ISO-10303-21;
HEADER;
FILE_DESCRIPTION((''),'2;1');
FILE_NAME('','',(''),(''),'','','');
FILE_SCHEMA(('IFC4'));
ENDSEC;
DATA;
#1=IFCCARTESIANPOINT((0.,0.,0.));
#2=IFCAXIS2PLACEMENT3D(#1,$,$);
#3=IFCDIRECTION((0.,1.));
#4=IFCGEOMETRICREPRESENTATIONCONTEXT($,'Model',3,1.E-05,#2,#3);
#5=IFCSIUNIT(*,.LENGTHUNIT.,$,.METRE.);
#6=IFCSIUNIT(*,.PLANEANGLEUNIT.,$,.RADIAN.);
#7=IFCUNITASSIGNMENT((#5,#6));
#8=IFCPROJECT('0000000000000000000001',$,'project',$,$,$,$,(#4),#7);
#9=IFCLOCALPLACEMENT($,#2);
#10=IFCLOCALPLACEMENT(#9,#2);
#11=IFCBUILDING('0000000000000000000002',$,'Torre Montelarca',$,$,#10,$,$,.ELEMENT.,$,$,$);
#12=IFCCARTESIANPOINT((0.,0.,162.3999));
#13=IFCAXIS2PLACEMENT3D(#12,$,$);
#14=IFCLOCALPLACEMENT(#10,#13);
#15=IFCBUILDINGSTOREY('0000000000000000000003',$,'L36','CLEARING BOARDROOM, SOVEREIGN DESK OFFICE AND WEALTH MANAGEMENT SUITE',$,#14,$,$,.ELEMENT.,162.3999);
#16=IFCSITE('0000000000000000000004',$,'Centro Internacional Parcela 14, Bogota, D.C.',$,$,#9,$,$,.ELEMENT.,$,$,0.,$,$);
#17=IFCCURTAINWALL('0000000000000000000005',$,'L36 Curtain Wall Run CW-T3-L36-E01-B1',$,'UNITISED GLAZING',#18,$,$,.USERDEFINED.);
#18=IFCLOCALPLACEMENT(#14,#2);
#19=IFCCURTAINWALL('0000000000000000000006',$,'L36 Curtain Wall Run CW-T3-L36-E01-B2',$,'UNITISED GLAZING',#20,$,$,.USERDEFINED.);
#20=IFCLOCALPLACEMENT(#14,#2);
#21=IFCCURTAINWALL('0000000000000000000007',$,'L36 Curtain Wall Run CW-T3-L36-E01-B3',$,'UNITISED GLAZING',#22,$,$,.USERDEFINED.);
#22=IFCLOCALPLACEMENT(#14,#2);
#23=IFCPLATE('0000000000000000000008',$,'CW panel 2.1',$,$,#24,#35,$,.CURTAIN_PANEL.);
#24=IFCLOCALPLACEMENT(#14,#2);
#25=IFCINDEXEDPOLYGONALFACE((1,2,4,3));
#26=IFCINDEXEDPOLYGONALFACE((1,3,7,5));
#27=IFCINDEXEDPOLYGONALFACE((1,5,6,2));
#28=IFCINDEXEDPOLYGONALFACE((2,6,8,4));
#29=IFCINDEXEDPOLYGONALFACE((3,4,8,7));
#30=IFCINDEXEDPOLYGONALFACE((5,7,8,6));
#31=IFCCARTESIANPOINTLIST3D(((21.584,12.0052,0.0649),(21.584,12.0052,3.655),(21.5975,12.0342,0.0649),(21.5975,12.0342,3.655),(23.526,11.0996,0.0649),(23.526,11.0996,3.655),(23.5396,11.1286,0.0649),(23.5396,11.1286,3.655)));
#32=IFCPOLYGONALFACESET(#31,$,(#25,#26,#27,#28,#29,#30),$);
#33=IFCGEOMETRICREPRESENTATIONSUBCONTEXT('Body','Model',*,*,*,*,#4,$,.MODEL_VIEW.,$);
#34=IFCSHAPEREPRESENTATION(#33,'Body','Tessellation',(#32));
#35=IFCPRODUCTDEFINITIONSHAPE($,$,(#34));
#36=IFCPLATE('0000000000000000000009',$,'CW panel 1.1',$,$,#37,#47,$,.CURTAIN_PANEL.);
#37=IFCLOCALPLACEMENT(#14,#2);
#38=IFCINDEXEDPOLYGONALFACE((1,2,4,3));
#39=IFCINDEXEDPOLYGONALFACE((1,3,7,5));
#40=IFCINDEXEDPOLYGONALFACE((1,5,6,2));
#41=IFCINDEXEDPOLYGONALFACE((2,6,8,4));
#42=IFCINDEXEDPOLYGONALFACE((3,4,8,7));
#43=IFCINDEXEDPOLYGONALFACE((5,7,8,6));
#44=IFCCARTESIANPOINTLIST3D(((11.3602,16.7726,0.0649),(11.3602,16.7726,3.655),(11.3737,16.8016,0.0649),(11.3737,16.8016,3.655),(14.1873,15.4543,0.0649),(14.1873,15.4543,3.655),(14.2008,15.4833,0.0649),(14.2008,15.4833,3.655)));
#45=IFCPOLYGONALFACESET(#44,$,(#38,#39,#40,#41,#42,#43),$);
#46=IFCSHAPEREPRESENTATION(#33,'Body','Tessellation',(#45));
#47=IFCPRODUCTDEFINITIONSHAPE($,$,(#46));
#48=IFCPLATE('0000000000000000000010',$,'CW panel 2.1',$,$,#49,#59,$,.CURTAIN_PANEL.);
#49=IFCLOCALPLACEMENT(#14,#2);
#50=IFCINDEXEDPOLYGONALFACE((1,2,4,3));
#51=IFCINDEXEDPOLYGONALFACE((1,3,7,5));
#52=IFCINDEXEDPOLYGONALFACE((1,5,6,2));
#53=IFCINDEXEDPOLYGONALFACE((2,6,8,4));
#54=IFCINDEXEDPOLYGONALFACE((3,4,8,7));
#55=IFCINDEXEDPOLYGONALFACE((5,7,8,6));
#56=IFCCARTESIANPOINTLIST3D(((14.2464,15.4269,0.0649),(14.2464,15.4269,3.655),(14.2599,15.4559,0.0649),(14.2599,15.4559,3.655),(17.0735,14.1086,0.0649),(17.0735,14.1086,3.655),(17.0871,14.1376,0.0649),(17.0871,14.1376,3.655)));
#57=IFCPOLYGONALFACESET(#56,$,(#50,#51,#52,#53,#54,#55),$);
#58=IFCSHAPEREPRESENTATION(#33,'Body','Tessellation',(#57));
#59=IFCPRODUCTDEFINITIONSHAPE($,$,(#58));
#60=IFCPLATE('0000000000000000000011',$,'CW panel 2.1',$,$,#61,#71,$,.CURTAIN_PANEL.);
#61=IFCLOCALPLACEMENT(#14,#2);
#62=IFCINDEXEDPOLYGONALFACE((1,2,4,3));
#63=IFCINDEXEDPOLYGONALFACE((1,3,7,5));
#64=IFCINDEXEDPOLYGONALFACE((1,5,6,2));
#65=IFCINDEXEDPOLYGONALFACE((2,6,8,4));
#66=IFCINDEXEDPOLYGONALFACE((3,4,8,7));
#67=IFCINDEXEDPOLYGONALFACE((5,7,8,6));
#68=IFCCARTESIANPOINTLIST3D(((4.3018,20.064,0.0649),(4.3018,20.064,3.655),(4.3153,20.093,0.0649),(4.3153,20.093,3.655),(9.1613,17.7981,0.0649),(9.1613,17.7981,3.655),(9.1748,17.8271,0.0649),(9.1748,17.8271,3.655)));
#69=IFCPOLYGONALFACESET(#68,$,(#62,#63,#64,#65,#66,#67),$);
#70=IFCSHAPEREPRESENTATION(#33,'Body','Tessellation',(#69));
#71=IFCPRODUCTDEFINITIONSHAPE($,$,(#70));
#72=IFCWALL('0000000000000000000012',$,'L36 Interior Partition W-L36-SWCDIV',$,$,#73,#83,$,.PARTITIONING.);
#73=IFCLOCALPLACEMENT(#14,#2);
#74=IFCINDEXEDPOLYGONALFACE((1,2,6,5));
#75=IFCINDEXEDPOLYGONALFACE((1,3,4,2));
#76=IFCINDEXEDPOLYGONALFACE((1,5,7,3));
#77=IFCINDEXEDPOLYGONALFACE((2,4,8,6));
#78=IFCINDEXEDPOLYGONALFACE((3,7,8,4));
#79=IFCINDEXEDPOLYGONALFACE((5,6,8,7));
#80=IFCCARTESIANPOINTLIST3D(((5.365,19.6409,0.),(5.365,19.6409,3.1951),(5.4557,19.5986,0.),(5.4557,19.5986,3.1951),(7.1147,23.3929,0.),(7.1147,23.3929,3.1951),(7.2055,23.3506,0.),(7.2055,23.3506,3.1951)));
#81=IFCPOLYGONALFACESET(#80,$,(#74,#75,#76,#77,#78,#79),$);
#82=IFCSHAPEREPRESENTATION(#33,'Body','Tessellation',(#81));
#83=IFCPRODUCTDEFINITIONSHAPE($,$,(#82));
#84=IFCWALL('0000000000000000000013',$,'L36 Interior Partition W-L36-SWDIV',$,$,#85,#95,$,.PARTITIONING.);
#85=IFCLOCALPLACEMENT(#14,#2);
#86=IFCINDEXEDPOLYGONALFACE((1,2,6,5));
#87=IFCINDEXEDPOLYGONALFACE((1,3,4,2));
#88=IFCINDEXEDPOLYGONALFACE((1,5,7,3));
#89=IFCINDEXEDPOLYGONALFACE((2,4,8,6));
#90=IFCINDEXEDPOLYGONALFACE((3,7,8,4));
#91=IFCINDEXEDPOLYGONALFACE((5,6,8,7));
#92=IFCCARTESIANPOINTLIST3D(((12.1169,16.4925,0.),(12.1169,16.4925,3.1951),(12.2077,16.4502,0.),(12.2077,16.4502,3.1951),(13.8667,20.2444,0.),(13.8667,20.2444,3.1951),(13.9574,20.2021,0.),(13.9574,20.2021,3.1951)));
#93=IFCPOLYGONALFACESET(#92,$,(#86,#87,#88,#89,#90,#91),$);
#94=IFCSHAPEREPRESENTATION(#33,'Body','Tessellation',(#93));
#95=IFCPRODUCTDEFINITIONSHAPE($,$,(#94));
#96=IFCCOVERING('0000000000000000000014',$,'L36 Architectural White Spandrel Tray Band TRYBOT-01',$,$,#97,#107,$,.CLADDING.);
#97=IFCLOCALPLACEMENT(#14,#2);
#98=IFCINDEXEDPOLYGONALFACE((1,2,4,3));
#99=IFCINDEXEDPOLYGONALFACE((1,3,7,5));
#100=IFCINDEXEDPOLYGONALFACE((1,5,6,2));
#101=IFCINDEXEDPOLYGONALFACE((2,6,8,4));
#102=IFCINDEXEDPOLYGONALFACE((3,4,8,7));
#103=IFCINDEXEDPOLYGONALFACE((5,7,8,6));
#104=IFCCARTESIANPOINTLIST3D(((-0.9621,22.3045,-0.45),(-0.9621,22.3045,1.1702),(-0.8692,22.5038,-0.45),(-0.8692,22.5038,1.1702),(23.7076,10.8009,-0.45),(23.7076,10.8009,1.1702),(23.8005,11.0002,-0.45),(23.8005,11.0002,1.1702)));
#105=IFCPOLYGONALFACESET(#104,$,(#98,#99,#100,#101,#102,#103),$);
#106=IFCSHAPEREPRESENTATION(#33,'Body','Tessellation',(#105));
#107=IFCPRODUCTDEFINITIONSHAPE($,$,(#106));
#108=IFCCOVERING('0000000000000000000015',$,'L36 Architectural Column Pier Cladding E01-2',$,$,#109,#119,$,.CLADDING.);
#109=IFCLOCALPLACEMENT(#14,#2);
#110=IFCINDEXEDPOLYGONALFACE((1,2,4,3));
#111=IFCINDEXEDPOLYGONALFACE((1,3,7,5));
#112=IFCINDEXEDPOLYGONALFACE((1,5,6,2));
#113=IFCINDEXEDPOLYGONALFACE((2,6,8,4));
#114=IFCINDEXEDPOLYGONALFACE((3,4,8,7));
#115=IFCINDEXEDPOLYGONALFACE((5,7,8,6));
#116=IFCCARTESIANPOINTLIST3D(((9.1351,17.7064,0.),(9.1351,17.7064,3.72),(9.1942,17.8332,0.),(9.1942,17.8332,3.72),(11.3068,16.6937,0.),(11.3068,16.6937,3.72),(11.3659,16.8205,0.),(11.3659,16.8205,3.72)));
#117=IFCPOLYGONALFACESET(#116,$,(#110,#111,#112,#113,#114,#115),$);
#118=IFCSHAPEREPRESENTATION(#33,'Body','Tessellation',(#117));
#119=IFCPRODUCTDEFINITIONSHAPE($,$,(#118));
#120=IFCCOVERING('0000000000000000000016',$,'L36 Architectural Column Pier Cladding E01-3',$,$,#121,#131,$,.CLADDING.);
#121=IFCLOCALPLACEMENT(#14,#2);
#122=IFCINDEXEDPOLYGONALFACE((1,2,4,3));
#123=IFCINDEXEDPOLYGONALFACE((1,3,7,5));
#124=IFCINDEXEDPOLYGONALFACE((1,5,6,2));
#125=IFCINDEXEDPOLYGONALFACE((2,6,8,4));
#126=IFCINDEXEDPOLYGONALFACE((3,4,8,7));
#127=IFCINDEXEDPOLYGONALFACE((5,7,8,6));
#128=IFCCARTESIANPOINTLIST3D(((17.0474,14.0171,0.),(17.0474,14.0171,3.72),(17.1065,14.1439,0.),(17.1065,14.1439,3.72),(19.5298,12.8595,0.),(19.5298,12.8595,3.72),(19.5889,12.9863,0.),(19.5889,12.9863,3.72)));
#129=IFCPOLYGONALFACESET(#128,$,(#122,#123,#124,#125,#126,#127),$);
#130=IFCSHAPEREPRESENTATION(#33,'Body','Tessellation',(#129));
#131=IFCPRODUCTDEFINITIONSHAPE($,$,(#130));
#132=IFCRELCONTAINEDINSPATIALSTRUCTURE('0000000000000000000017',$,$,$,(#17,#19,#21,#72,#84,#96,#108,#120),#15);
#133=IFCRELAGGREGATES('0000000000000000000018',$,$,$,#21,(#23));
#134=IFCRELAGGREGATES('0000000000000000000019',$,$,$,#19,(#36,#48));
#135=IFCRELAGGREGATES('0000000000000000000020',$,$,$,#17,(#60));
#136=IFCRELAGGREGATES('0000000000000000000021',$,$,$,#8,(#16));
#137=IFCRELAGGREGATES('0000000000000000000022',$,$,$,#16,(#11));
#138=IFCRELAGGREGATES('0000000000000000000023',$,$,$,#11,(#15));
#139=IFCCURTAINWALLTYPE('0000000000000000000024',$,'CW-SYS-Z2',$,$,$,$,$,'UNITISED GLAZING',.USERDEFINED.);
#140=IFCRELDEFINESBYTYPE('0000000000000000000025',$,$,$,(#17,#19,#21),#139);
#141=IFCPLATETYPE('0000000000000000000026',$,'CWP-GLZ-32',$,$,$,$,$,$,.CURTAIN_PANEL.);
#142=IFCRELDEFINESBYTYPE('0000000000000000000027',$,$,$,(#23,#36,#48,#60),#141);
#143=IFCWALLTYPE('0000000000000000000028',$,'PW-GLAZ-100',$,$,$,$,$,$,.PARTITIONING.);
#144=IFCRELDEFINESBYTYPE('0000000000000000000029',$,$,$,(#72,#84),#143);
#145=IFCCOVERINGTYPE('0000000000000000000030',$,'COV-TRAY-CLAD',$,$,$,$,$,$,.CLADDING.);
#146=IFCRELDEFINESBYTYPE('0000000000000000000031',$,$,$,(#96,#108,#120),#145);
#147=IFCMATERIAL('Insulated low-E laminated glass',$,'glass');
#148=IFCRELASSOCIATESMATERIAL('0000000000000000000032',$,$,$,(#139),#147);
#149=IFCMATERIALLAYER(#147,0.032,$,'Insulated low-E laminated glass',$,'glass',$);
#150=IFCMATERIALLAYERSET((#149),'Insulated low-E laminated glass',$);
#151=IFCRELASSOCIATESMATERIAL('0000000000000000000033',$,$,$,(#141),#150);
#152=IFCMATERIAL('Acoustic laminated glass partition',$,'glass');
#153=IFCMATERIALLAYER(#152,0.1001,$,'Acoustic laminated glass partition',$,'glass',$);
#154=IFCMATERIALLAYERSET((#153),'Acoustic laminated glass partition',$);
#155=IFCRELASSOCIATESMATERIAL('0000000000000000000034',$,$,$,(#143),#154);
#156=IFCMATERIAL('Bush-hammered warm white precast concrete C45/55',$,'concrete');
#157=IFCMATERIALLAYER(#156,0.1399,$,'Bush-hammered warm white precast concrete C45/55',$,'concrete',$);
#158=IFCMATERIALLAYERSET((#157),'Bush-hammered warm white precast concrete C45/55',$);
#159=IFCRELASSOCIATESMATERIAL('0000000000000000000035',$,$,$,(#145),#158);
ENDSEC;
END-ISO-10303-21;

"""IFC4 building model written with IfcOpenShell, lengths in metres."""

from ifc_helpers import new_model, si_unit, direction, frame, frame_2d, origin, origin_2d, place, context, subcontext, project, spatial, rectangle, extrude, source, transform, mapped, material, layer, layer_set, type_object, element, aggregate, save


model = new_model("IFC4")

# Units and contexts
model_context = context("Model", 3, precision=1e-05, world=origin(), true_north=direction((0.0, 1.0)))
body_context = subcontext(model_context, "Body", "Model", "MODEL_VIEW")
ifc_project = project(units=[si_unit("LENGTHUNIT", "METRE"), si_unit("PLANEANGLEUNIT", "RADIAN")], contexts=[model_context])

# Site, building, storey
site_placement = place(None, origin())
site = spatial("IfcSite", under=ifc_project, at=site_placement, Name="Centro Internacional Parcela 14, Bogota, D.C.", CompositionType="ELEMENT", RefElevation=0.0)
building_placement = place(site_placement, origin())
building = spatial("IfcBuilding", under=site, at=building_placement, Name="Torre Montelarca", CompositionType="ELEMENT")
storey_placement = place(building_placement, frame((0.0, 0.0, 162.3999)))
storey = spatial("IfcBuildingStorey", under=building, at=storey_placement, Name="L36", Description="CLEARING BOARDROOM, SOVEREIGN DESK OFFICE AND WEALTH MANAGEMENT SUITE", CompositionType="ELEMENT", Elevation=162.3999)

# Curtain walls
ifc_material_1 = material(Name="Insulated low-E laminated glass", Category="glass")
curtain_wall_type = type_object("IfcCurtainWallType", Name="CW-SYS-Z2", ElementType="UNITISED GLAZING", PredefinedType="USERDEFINED", material=ifc_material_1)
curtain_wall_1_placement = place(storey_placement, origin())
curtain_wall_1 = element("IfcCurtainWall", 1, at=curtain_wall_1_placement, inside=storey, type_object=curtain_wall_type, Name="L36 Curtain Wall Run CW-T3-L36-E01-B1", ObjectType="UNITISED GLAZING", PredefinedType="USERDEFINED")
curtain_wall_2_placement = place(storey_placement, origin())
curtain_wall_2 = element("IfcCurtainWall", 2, at=curtain_wall_2_placement, inside=storey, type_object=curtain_wall_type, Name="L36 Curtain Wall Run CW-T3-L36-E01-B2", ObjectType="UNITISED GLAZING", PredefinedType="USERDEFINED")
curtain_wall_3_placement = place(storey_placement, origin())
curtain_wall_3 = element("IfcCurtainWall", 3, at=curtain_wall_3_placement, inside=storey, type_object=curtain_wall_type, Name="L36 Curtain Wall Run CW-T3-L36-E01-B3", ObjectType="UNITISED GLAZING", PredefinedType="USERDEFINED")

# Plates
ifc_layer_1 = layer(ifc_material_1, 0.032, Name="Insulated low-E laminated glass", Category="glass")
ifc_layer_set_1 = layer_set([ifc_layer_1], Name="Insulated low-E laminated glass")
plate_type = type_object("IfcPlateType", Name="CWP-GLZ-32", PredefinedType="CURTAIN_PANEL", material=ifc_layer_set_1)
shared_shape_1 = source(origin(), body_context, "Body", "SweptSolid", [
    extrude(rectangle(XDim=2.1428, YDim=0.032, at=origin_2d()), origin(), (0.0, 0.0, 1.0), 3.5901),
])
plate_1_placement = place(storey_placement, frame((22.5618, 11.5669, 0.0649), z_axis=(0.0, 0.0, 1.0), x_axis=(0.906315, -0.422603, 0.0)))
plate_1 = element("IfcPlate", 4, at=plate_1_placement, type_object=plate_type, Name="CW panel 2.1", PredefinedType="CURTAIN_PANEL", context=body_context, shape_type="MappedRepresentation", body=[
    mapped(shared_shape_1, transform((0.0, 0.0, 0.0), scale=1.0)),
])
aggregate(curtain_wall_3, [plate_1])
shared_shape_2 = source(origin(), body_context, "Body", "SweptSolid", [
    extrude(rectangle(XDim=3.1194, YDim=0.032, at=origin_2d()), origin(), (0.0, 0.0, 1.0), 3.5901),
])
plate_2_placement = place(storey_placement, frame((12.7805, 16.1279, 0.0649), z_axis=(0.0, 0.0, 1.0), x_axis=(0.906307, -0.42262, 0.0)))
plate_2 = element("IfcPlate", 5, at=plate_2_placement, type_object=plate_type, Name="CW panel 1.1", PredefinedType="CURTAIN_PANEL", context=body_context, shape_type="MappedRepresentation", body=[
    mapped(shared_shape_2, transform((0.0, 0.0, 0.0), scale=1.0)),
])
plate_3_placement = place(storey_placement, frame((15.6667, 14.7822, 0.0649), z_axis=(0.0, 0.0, 1.0), x_axis=(0.906307, -0.42262, 0.0)))
plate_3 = element("IfcPlate", 6, at=plate_3_placement, type_object=plate_type, Name="CW panel 2.1", PredefinedType="CURTAIN_PANEL", context=body_context, shape_type="MappedRepresentation", body=[
    mapped(shared_shape_2, transform((0.0, 0.0, 0.0), scale=1.0)),
])
aggregate(curtain_wall_2, [plate_2, plate_3])
shared_shape_3 = source(origin(), body_context, "Body", "SweptSolid", [
    extrude(rectangle(XDim=5.3618, YDim=0.032, at=origin_2d()), origin(), (0.0, 0.0, 1.0), 3.5901),
])
plate_4_placement = place(storey_placement, frame((6.7383, 18.9456, 0.0649), z_axis=(0.0, 0.0, 1.0), x_axis=(0.906311, -0.422611, 0.0)))
plate_4 = element("IfcPlate", 7, at=plate_4_placement, type_object=plate_type, Name="CW panel 2.1", PredefinedType="CURTAIN_PANEL", context=body_context, shape_type="MappedRepresentation", body=[
    mapped(shared_shape_3, transform((0.0, 0.0, 0.0), scale=1.0)),
])
aggregate(curtain_wall_1, [plate_4])

# Walls
ifc_material_2 = material(Name="Acoustic laminated glass partition", Category="glass")
ifc_layer_2 = layer(ifc_material_2, 0.1001, Name="Acoustic laminated glass partition", Category="glass")
ifc_layer_set_2 = layer_set([ifc_layer_2], Name="Acoustic laminated glass partition")
wall_type = type_object("IfcWallType", Name="PW-GLAZ-100", PredefinedType="PARTITIONING", material=ifc_layer_set_2)
for number, where, z_axis, x_axis, name in (
    (8, (5.4104, 19.6199, 0.0), (0.0, 0.0, 1.0), (0.422656, 0.90629, 0.0), "L36 Interior Partition W-L36-SWCDIV"),
    (9, (12.1624, 16.4714, 0.0), (0.0, 0.0, 1.0), (0.422656, 0.90629, 0.0), "L36 Interior Partition W-L36-SWDIV"),
):
    element("IfcWall", number, at=place(storey_placement, frame(where, z_axis=z_axis, x_axis=x_axis)), inside=storey, type_object=wall_type, Name=name, PredefinedType="PARTITIONING", context=body_context, shape_type="SweptSolid", body=[
        extrude(rectangle(XDim=4.1399, YDim=0.1001, at=frame_2d((2.0698, 0.0))), origin(), (0.0, 0.0, 1.0), 3.1951),
    ])

# Coverings
ifc_material_3 = material(Name="Bush-hammered warm white precast concrete C45/55", Category="concrete")
ifc_layer_3 = layer(ifc_material_3, 0.1399, Name="Bush-hammered warm white precast concrete C45/55", Category="concrete")
ifc_layer_set_3 = layer_set([ifc_layer_3], Name="Bush-hammered warm white precast concrete C45/55")
covering_type = type_object("IfcCoveringType", Name="COV-TRAY-CLAD", PredefinedType="CLADDING", material=ifc_layer_set_3)
shared_shape_4 = source(origin(), body_context, "Body", "SweptSolid", [
    extrude(rectangle(XDim=27.22, YDim=0.22, at=origin_2d()), origin(), (0.0, 0.0, 1.0), 1.6201),
])
covering_1_placement = place(storey_placement, frame((11.4192, 16.6523, -0.45), z_axis=(0.0, 0.0, 1.0), x_axis=(0.906309, -0.422617, 0.0)))
element("IfcCovering", 10, at=covering_1_placement, inside=storey, type_object=covering_type, Name="L36 Architectural White Spandrel Tray Band TRYBOT-01", PredefinedType="CLADDING", context=body_context, shape_type="MappedRepresentation", body=[
    mapped(shared_shape_4, transform((0.0, 0.0, 0.0), scale=1.0)),
])
shared_shape_5 = source(origin(), body_context, "Body", "SweptSolid", [
    extrude(rectangle(XDim=2.3962, YDim=0.1399, at=origin_2d()), origin(), (0.0, 0.0, 1.0), 3.72),
])
covering_2_placement = place(storey_placement, frame((10.2505, 17.2634, 0.0), z_axis=(0.0, 0.0, 1.0), x_axis=(0.906309, -0.422617, 0.0)))
element("IfcCovering", 11, at=covering_2_placement, inside=storey, type_object=covering_type, Name="L36 Architectural Column Pier Cladding E01-2", PredefinedType="CLADDING", context=body_context, shape_type="MappedRepresentation", body=[
    mapped(shared_shape_5, transform((0.0, 0.0, 0.0), scale=1.0)),
])
shared_shape_6 = source(origin(), body_context, "Body", "SweptSolid", [
    extrude(rectangle(XDim=2.739, YDim=0.1399, at=origin_2d()), origin(), (0.0, 0.0, 1.0), 3.72),
])
covering_3_placement = place(storey_placement, frame((18.3181, 13.5017, 0.0), z_axis=(0.0, 0.0, 1.0), x_axis=(0.906309, -0.422617, 0.0)))
element("IfcCovering", 12, at=covering_3_placement, inside=storey, type_object=covering_type, Name="L36 Architectural Column Pier Cladding E01-3", PredefinedType="CLADDING", context=body_context, shape_type="MappedRepresentation", body=[
    mapped(shared_shape_6, transform((0.0, 0.0, 0.0), scale=1.0)),
])

save(model, "model.ifc")
